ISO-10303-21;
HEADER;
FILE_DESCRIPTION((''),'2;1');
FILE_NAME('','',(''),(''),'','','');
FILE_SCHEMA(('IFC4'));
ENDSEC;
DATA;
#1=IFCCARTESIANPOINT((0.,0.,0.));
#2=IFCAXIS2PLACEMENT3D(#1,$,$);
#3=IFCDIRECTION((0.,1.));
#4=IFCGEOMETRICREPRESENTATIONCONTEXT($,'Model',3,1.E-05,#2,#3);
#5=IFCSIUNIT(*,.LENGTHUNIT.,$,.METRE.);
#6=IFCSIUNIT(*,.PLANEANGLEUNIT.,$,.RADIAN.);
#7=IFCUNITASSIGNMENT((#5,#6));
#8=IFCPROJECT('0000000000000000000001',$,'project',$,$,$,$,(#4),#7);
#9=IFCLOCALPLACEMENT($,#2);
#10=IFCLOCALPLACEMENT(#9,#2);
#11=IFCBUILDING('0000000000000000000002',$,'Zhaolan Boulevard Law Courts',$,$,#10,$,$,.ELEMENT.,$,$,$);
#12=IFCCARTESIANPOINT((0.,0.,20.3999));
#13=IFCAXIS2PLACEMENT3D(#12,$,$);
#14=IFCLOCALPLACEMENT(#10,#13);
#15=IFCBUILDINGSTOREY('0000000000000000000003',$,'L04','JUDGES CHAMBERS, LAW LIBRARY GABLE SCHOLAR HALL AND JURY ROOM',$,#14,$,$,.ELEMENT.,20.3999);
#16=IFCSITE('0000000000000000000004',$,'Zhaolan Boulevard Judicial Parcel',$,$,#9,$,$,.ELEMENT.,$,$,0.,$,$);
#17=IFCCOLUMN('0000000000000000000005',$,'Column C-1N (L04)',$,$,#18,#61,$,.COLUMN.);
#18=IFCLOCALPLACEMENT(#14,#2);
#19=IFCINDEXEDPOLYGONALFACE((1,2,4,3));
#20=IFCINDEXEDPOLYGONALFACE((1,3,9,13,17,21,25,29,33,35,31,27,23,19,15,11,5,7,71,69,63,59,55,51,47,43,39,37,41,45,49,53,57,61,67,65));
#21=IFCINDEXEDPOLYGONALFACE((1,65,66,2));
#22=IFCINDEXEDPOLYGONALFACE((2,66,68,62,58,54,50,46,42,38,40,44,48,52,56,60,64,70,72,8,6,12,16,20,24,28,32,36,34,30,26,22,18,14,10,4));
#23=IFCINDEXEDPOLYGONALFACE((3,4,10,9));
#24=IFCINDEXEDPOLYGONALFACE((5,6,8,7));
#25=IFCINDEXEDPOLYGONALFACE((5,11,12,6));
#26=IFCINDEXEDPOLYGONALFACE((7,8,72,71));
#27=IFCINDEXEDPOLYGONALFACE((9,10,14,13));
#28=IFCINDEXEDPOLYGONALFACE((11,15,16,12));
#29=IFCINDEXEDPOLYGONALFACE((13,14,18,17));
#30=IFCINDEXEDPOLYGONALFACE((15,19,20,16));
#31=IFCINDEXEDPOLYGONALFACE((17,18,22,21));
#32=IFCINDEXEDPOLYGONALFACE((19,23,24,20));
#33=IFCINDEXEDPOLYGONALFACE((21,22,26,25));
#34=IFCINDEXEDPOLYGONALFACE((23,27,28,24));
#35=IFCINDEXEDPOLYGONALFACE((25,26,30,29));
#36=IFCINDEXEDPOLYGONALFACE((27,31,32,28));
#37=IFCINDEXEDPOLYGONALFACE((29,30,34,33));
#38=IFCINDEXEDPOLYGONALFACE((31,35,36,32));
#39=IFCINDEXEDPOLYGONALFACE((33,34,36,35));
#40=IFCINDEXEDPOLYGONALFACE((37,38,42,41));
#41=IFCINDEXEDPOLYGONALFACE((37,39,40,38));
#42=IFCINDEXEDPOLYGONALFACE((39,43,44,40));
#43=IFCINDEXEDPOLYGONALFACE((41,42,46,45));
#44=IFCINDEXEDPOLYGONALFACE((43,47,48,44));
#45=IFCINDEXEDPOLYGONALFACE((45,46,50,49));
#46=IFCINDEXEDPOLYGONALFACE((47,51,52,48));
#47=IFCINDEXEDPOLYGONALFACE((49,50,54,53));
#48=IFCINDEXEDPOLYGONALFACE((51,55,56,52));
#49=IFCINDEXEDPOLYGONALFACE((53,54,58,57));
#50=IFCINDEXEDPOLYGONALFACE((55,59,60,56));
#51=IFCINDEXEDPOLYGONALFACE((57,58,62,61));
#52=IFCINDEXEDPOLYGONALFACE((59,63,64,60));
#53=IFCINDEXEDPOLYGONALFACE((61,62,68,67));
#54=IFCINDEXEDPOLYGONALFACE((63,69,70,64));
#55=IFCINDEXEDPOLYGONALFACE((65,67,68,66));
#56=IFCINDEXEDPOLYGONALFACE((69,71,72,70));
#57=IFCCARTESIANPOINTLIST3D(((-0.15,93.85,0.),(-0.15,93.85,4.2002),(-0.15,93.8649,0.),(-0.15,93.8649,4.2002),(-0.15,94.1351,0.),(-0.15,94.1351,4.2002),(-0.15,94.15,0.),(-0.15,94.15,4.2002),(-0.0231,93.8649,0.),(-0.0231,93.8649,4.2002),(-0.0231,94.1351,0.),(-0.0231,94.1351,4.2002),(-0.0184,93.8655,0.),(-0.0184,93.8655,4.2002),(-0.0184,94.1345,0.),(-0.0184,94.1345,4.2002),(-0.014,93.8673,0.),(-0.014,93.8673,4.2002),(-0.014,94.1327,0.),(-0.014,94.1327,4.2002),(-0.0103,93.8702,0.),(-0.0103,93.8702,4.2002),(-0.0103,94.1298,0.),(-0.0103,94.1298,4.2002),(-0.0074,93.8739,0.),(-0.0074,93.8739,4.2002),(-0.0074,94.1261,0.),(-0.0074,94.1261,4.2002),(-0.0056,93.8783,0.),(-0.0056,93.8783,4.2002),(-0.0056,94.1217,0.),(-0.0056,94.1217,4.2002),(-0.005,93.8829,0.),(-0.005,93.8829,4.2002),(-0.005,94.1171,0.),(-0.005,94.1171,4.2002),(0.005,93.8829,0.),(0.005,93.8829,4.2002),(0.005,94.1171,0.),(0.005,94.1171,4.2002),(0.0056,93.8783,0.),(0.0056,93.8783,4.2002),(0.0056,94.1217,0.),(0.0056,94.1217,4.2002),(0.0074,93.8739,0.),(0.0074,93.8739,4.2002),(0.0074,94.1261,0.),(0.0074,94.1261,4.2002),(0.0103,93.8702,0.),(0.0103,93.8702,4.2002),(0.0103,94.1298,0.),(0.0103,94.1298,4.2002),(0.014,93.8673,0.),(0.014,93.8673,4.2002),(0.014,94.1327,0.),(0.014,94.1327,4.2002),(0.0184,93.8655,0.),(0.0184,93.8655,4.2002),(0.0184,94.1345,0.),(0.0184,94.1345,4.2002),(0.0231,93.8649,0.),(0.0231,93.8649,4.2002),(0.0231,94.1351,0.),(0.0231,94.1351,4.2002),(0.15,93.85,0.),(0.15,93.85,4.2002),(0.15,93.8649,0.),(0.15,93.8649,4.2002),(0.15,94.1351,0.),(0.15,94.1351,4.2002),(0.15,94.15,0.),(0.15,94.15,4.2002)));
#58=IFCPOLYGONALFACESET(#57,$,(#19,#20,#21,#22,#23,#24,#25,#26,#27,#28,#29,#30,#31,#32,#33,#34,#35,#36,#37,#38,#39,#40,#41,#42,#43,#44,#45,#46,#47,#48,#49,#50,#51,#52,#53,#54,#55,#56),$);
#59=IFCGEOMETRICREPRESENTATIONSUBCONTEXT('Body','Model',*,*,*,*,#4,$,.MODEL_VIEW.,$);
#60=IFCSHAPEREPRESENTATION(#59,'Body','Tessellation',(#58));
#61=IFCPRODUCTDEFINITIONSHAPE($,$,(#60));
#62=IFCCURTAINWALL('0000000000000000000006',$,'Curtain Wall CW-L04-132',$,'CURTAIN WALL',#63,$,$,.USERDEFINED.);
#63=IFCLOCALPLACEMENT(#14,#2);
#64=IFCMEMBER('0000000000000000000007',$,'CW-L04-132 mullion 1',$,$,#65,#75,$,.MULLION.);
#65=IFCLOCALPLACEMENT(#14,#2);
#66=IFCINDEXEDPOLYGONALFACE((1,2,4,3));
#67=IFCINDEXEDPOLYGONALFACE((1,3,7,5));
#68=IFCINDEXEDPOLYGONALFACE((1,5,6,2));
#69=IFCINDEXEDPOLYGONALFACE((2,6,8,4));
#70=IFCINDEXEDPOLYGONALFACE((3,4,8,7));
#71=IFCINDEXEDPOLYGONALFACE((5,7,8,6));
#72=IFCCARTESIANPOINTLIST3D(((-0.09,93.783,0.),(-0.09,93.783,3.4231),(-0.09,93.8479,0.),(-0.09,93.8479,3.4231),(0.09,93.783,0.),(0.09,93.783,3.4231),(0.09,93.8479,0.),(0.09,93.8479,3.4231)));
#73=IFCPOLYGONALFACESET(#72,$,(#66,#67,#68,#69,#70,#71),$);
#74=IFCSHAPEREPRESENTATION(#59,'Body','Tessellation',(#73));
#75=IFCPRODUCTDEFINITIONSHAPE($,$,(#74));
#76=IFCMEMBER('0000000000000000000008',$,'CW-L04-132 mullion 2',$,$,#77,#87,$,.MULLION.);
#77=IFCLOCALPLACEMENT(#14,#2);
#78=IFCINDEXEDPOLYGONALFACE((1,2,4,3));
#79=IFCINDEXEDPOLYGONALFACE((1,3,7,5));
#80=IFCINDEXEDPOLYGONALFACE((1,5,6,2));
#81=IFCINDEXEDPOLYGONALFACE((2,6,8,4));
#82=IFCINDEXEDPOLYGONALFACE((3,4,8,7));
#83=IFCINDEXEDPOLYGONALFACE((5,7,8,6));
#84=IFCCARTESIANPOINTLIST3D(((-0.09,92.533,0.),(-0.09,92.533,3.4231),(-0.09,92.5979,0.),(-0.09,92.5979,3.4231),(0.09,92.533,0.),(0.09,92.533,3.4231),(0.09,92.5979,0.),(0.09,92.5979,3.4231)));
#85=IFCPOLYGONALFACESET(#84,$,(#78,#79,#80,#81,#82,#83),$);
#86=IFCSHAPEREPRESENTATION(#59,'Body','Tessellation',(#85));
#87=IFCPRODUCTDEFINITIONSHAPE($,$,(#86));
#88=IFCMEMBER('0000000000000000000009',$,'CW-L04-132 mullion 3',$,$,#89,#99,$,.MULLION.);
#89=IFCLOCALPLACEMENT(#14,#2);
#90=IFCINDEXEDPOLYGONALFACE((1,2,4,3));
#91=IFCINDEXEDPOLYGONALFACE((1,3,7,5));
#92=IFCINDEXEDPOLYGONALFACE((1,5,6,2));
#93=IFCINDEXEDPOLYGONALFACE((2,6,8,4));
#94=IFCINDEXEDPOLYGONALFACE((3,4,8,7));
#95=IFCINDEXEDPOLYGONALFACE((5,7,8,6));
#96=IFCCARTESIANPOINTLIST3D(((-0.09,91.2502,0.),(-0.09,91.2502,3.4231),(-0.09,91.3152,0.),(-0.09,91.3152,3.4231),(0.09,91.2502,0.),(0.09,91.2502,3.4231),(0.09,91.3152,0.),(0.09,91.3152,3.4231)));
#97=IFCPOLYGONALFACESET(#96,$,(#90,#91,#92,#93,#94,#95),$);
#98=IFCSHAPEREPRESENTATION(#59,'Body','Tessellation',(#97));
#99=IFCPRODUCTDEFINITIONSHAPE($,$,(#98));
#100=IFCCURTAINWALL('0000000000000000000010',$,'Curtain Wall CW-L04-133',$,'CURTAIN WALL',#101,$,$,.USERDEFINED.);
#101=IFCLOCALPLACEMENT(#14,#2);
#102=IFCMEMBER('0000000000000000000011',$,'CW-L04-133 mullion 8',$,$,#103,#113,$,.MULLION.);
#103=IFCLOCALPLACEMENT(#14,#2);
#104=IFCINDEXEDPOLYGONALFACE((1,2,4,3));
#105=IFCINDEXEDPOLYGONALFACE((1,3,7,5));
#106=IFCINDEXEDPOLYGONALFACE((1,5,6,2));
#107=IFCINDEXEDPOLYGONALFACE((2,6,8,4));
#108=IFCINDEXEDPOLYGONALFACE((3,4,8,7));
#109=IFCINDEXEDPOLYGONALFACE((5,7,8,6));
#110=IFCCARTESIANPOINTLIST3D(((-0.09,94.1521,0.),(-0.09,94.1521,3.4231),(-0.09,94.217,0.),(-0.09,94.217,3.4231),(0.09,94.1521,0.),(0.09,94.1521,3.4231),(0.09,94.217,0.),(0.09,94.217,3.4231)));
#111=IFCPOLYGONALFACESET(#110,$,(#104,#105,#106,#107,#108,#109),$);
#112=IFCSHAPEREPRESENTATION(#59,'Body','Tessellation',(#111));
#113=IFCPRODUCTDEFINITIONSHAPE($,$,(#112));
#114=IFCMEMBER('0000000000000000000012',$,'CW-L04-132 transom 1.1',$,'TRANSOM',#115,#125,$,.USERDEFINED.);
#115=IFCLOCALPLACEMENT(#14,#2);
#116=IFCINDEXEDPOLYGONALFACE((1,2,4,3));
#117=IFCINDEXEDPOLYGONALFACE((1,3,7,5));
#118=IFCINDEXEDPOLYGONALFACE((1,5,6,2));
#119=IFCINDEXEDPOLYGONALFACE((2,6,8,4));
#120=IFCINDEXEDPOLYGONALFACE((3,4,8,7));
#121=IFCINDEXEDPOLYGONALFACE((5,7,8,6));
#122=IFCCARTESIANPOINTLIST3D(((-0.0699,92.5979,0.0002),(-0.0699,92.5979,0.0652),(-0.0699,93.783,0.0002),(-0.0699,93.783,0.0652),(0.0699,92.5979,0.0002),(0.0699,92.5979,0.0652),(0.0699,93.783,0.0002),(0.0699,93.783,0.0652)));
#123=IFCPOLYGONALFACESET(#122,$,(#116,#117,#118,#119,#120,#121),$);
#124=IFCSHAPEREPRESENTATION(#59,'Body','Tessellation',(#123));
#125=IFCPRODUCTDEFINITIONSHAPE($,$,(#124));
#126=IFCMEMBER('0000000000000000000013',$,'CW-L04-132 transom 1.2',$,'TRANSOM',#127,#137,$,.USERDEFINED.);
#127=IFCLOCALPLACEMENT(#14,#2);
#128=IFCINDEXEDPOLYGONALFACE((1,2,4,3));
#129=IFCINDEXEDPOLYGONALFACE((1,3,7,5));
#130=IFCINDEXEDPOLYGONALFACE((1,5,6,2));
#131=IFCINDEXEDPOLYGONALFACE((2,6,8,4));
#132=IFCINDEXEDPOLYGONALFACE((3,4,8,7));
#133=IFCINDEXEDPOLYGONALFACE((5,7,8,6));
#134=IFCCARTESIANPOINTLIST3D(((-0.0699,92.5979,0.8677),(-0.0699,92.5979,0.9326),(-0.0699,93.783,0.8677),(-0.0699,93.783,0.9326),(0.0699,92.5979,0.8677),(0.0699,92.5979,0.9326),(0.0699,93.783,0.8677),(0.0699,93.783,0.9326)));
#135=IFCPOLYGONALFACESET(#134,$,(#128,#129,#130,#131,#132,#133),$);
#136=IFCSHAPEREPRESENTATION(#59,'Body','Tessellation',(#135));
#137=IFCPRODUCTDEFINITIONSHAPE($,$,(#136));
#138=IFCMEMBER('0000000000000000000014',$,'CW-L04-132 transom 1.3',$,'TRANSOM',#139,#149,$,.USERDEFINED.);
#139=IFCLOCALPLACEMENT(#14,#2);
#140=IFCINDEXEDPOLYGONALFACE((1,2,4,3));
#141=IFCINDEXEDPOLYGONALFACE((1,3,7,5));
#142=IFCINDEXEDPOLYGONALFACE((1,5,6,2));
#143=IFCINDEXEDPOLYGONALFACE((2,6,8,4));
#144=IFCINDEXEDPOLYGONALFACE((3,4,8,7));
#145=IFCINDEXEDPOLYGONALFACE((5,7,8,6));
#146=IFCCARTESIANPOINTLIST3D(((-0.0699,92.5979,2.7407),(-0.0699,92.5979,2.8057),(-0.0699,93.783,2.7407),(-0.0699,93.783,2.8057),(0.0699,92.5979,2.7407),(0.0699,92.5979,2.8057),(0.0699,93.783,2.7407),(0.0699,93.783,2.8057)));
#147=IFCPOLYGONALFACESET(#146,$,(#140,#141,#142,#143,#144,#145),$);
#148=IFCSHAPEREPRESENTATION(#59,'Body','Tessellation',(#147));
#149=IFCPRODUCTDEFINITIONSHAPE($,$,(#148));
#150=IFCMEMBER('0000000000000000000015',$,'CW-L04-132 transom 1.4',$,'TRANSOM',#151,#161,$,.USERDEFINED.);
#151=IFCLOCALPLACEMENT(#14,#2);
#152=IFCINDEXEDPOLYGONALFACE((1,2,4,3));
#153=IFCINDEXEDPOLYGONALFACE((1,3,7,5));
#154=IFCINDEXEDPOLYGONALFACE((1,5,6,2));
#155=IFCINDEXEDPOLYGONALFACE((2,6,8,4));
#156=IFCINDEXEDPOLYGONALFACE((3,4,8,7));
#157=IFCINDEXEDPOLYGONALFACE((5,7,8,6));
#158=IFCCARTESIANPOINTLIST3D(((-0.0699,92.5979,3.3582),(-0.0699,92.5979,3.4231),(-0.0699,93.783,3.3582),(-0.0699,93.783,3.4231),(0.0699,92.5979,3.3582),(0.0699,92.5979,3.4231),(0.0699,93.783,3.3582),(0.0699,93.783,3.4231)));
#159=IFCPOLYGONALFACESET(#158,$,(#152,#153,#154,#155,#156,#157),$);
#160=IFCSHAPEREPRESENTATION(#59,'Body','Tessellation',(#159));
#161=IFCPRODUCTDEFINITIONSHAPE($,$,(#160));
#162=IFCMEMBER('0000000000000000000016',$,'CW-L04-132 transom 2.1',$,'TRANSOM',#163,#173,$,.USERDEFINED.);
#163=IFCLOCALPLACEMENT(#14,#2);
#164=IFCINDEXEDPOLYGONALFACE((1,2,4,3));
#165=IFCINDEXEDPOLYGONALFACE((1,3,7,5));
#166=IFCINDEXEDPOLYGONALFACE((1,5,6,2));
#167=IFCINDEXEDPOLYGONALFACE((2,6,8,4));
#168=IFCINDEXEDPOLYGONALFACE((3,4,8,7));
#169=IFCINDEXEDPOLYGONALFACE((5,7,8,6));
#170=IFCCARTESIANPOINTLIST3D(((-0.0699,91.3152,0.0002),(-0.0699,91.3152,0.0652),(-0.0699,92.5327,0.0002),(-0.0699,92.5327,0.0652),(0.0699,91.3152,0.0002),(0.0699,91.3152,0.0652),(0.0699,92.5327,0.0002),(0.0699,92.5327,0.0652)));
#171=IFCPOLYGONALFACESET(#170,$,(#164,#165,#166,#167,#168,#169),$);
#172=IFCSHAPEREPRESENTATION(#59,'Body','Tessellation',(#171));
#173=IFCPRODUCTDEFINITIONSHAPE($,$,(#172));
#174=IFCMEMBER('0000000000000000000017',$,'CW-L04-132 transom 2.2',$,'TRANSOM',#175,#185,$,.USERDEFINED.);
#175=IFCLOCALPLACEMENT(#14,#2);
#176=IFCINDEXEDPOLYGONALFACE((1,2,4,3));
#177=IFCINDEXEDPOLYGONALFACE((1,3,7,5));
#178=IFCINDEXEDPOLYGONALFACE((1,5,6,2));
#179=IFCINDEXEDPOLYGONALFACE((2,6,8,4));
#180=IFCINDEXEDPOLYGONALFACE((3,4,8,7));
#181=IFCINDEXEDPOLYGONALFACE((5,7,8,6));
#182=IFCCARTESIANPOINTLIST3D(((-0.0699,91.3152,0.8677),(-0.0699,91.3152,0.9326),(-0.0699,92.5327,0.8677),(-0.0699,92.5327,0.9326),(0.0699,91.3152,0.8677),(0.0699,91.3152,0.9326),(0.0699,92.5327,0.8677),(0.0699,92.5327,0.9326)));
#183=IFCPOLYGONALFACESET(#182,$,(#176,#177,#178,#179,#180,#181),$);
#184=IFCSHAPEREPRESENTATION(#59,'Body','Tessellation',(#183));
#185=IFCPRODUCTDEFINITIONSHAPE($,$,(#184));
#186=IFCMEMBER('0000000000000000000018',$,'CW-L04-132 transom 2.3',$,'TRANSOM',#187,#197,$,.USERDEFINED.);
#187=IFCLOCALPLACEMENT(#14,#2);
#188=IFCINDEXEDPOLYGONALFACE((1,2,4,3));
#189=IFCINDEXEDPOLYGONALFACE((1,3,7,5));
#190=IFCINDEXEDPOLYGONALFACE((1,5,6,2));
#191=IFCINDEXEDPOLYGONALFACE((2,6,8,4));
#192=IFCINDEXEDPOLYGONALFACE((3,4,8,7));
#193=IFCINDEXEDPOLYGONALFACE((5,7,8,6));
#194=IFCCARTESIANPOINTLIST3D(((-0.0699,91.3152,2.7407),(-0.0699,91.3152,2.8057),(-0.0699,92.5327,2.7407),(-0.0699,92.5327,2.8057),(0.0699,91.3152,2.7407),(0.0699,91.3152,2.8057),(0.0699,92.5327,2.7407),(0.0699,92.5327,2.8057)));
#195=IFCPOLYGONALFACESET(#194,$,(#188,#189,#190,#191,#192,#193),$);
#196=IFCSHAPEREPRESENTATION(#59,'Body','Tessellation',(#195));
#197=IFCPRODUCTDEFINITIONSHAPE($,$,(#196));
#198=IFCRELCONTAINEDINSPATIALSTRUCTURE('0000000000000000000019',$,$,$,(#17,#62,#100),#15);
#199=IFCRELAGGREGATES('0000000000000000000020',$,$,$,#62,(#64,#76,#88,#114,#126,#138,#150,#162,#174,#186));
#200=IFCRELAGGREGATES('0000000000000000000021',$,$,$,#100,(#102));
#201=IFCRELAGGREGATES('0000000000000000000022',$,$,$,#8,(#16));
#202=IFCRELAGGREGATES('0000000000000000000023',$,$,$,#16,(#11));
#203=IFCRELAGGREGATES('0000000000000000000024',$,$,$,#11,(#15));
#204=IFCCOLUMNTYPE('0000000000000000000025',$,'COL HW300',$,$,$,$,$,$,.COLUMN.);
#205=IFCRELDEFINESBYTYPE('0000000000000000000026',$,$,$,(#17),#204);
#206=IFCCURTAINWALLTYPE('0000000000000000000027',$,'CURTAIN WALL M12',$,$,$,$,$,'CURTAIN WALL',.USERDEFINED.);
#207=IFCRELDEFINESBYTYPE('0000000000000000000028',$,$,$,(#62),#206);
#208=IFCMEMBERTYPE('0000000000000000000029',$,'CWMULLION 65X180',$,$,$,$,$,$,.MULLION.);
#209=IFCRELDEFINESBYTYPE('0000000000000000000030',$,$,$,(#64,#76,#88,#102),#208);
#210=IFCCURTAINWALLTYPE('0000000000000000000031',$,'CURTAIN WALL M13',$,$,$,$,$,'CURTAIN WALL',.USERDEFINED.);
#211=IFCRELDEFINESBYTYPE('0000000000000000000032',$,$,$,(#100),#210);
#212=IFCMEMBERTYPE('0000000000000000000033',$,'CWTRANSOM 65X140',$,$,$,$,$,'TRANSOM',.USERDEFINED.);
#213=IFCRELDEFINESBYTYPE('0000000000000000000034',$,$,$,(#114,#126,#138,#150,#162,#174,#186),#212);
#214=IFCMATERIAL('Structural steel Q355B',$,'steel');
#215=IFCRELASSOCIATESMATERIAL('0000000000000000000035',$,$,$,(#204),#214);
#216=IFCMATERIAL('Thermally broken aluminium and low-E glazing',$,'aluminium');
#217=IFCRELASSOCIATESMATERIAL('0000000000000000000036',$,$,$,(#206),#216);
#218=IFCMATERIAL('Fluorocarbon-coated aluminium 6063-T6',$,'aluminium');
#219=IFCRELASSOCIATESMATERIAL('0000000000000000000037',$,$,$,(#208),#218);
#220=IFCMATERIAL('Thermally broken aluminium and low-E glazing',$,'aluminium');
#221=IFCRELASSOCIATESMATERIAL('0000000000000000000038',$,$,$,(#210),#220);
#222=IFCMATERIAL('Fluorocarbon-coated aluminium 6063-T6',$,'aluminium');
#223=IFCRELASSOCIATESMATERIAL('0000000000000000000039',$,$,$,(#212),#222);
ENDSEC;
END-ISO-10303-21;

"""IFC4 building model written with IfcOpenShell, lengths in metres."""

from ifc_helpers import new_model, si_unit, direction, frame, origin, origin_2d, place, context, subcontext, project, spatial, rectangle, i_section, extrude, material, material_profile, profile_set, type_object, element, aggregate, save


model = new_model("IFC4")

# Units and contexts
model_context = context("Model", 3, precision=1e-05, world=origin(), true_north=direction((0.0, 1.0)))
body_context = subcontext(model_context, "Body", "Model", "MODEL_VIEW")
ifc_project = project(units=[si_unit("LENGTHUNIT", "METRE"), si_unit("PLANEANGLEUNIT", "RADIAN")], contexts=[model_context])

# Site, building, storey
site_placement = place(None, origin())
site = spatial("IfcSite", under=ifc_project, at=site_placement, Name="Zhaolan Boulevard Judicial Parcel", CompositionType="ELEMENT", RefElevation=0.0)
building_placement = place(site_placement, origin())
building = spatial("IfcBuilding", under=site, at=building_placement, Name="Zhaolan Boulevard Law Courts", CompositionType="ELEMENT")
storey_placement = place(building_placement, frame((0.0, 0.0, 20.3999)))
storey = spatial("IfcBuildingStorey", under=building, at=storey_placement, Name="L04", Description="JUDGES CHAMBERS, LAW LIBRARY GABLE SCHOLAR HALL AND JURY ROOM", CompositionType="ELEMENT", Elevation=20.3999)

# Column
ifc_material_1 = material(Name="Structural steel Q355B", Category="steel")
ifc_material_profile_1 = material_profile(ifc_material_1, i_section(OverallWidth=0.3, OverallDepth=0.3, WebThickness=0.01, FlangeThickness=0.0149, FilletRadius=0.0181, at=origin_2d()), Name="HW300x300")
ifc_profile_set_1 = profile_set([ifc_material_profile_1], Name="Structural steel Q355B")
column_type = type_object("IfcColumnType", Name="COL HW300", PredefinedType="COLUMN", material=ifc_profile_set_1)
column_placement = place(storey_placement, frame((0.0, 94.0, 0.0), z_axis=(0.0, 0.0, 1.0), x_axis=(1.0, 0.0, 0.0)))
element("IfcColumn", 1, at=column_placement, inside=storey, type_object=column_type, Name="Column C-1N (L04)", PredefinedType="COLUMN", context=body_context, shape_type="SweptSolid", body=[
    extrude(i_section(OverallWidth=0.3, OverallDepth=0.3, WebThickness=0.01, FlangeThickness=0.0149, FilletRadius=0.0181, at=origin_2d()), origin(), (0.0, 0.0, 1.0), 4.2002),
])

# Curtain wall, members
ifc_material_2 = material(Name="Thermally broken aluminium and low-E glazing", Category="aluminium")
curtain_wall_type_1 = type_object("IfcCurtainWallType", Name="CURTAIN WALL M12", ElementType="CURTAIN WALL", PredefinedType="USERDEFINED", material=ifc_material_2)
curtain_wall_1_placement = place(storey_placement, origin())
curtain_wall_1 = element("IfcCurtainWall", 2, at=curtain_wall_1_placement, inside=storey, type_object=curtain_wall_type_1, Name="Curtain Wall CW-L04-132", ObjectType="CURTAIN WALL", PredefinedType="USERDEFINED")
ifc_material_3 = material(Name="Fluorocarbon-coated aluminium 6063-T6", Category="aluminium")
ifc_material_profile_2 = material_profile(ifc_material_3, rectangle(XDim=0.1799, YDim=0.0649, at=origin_2d()), Name="AL65x180")
ifc_profile_set_2 = profile_set([ifc_material_profile_2], Name="Fluorocarbon-coated aluminium 6063-T6")
member_type_1 = type_object("IfcMemberType", Name="CWMULLION 65X180", PredefinedType="MULLION", material=ifc_profile_set_2)
member_1_placement = place(storey_placement, frame((0.0, 93.8154, 0.0), z_axis=(0.0, 0.0, 1.0), x_axis=(1.0, 0.0, 0.0)))
member_1 = element("IfcMember", 3, at=member_1_placement, type_object=member_type_1, Name="CW-L04-132 mullion 1", PredefinedType="MULLION", context=body_context, shape_type="SweptSolid", body=[
    extrude(rectangle(XDim=0.1799, YDim=0.0649, at=origin_2d()), origin(), (0.0, 0.0, 1.0), 3.4231),
])
member_2_placement = place(storey_placement, frame((0.0, 92.5654, 0.0), z_axis=(0.0, 0.0, 1.0), x_axis=(1.0, 0.0, 0.0)))
member_2 = element("IfcMember", 4, at=member_2_placement, type_object=member_type_1, Name="CW-L04-132 mullion 2", PredefinedType="MULLION", context=body_context, shape_type="SweptSolid", body=[
    extrude(rectangle(XDim=0.1799, YDim=0.0649, at=origin_2d()), origin(), (0.0, 0.0, 1.0), 3.4231),
])
member_3_placement = place(storey_placement, frame((0.0, 91.2827, 0.0), z_axis=(0.0, 0.0, 1.0), x_axis=(1.0, 0.0, 0.0)))
member_3 = element("IfcMember", 5, at=member_3_placement, type_object=member_type_1, Name="CW-L04-132 mullion 3", PredefinedType="MULLION", context=body_context, shape_type="SweptSolid", body=[
    extrude(rectangle(XDim=0.1799, YDim=0.0649, at=origin_2d()), origin(), (0.0, 0.0, 1.0), 3.4231),
])

# Curtain wall, member
ifc_material_4 = material(Name="Thermally broken aluminium and low-E glazing", Category="aluminium")
curtain_wall_type_2 = type_object("IfcCurtainWallType", Name="CURTAIN WALL M13", ElementType="CURTAIN WALL", PredefinedType="USERDEFINED", material=ifc_material_4)
curtain_wall_2_placement = place(storey_placement, origin())
curtain_wall_2 = element("IfcCurtainWall", 6, at=curtain_wall_2_placement, inside=storey, type_object=curtain_wall_type_2, Name="Curtain Wall CW-L04-133", ObjectType="CURTAIN WALL", PredefinedType="USERDEFINED")
member_4_placement = place(storey_placement, frame((0.0, 94.1846, 0.0), z_axis=(0.0, 0.0, 1.0), x_axis=(1.0, 0.0, 0.0)))
member_4 = element("IfcMember", 7, at=member_4_placement, type_object=member_type_1, Name="CW-L04-133 mullion 8", PredefinedType="MULLION", context=body_context, shape_type="SweptSolid", body=[
    extrude(rectangle(XDim=0.1799, YDim=0.0649, at=origin_2d()), origin(), (0.0, 0.0, 1.0), 3.4231),
])

# Members
ifc_material_5 = material(Name="Fluorocarbon-coated aluminium 6063-T6", Category="aluminium")
ifc_material_profile_3 = material_profile(ifc_material_5, rectangle(XDim=0.1399, YDim=0.0649, at=origin_2d()), Name="AL65x140")
ifc_profile_set_3 = profile_set([ifc_material_profile_3], Name="Fluorocarbon-coated aluminium 6063-T6")
member_type_2 = type_object("IfcMemberType", Name="CWTRANSOM 65X140", ElementType="TRANSOM", PredefinedType="USERDEFINED", material=ifc_profile_set_3)
member_5_placement = place(storey_placement, frame((0.0, 93.783, 0.0327), z_axis=(0.0, -1.0, 0.0), x_axis=(1.0, 0.0, 0.0)))
member_5 = element("IfcMember", 8, at=member_5_placement, type_object=member_type_2, Name="CW-L04-132 transom 1.1", ObjectType="TRANSOM", PredefinedType="USERDEFINED", context=body_context, shape_type="SweptSolid", body=[
    extrude(rectangle(XDim=0.1399, YDim=0.0649, at=origin_2d()), origin(), (0.0, 0.0, 1.0), 1.1851),
])
member_6_placement = place(storey_placement, frame((0.0, 93.783, 0.9001), z_axis=(0.0, -1.0, 0.0), x_axis=(1.0, 0.0, 0.0)))
member_6 = element("IfcMember", 9, at=member_6_placement, type_object=member_type_2, Name="CW-L04-132 transom 1.2", ObjectType="TRANSOM", PredefinedType="USERDEFINED", context=body_context, shape_type="SweptSolid", body=[
    extrude(rectangle(XDim=0.1399, YDim=0.0649, at=origin_2d()), origin(), (0.0, 0.0, 1.0), 1.1851),
])
member_7_placement = place(storey_placement, frame((0.0, 93.783, 2.7732), z_axis=(0.0, -1.0, 0.0), x_axis=(1.0, 0.0, 0.0)))
member_7 = element("IfcMember", 10, at=member_7_placement, type_object=member_type_2, Name="CW-L04-132 transom 1.3", ObjectType="TRANSOM", PredefinedType="USERDEFINED", context=body_context, shape_type="SweptSolid", body=[
    extrude(rectangle(XDim=0.1399, YDim=0.0649, at=origin_2d()), origin(), (0.0, 0.0, 1.0), 1.1851),
])
member_8_placement = place(storey_placement, frame((0.0, 93.783, 3.3906), z_axis=(0.0, -1.0, 0.0), x_axis=(1.0, 0.0, 0.0)))
member_8 = element("IfcMember", 11, at=member_8_placement, type_object=member_type_2, Name="CW-L04-132 transom 1.4", ObjectType="TRANSOM", PredefinedType="USERDEFINED", context=body_context, shape_type="SweptSolid", body=[
    extrude(rectangle(XDim=0.1399, YDim=0.0649, at=origin_2d()), origin(), (0.0, 0.0, 1.0), 1.1851),
])
member_9_placement = place(storey_placement, frame((0.0, 92.5327, 0.0327), z_axis=(0.0, -1.0, 0.0), x_axis=(1.0, 0.0, 0.0)))
member_9 = element("IfcMember", 12, at=member_9_placement, type_object=member_type_2, Name="CW-L04-132 transom 2.1", ObjectType="TRANSOM", PredefinedType="USERDEFINED", context=body_context, shape_type="SweptSolid", body=[
    extrude(rectangle(XDim=0.1399, YDim=0.0649, at=origin_2d()), origin(), (0.0, 0.0, 1.0), 1.2175),
])
member_10_placement = place(storey_placement, frame((0.0, 92.5327, 0.9001), z_axis=(0.0, -1.0, 0.0), x_axis=(1.0, 0.0, 0.0)))
member_10 = element("IfcMember", 13, at=member_10_placement, type_object=member_type_2, Name="CW-L04-132 transom 2.2", ObjectType="TRANSOM", PredefinedType="USERDEFINED", context=body_context, shape_type="SweptSolid", body=[
    extrude(rectangle(XDim=0.1399, YDim=0.0649, at=origin_2d()), origin(), (0.0, 0.0, 1.0), 1.2175),
])
member_11_placement = place(storey_placement, frame((0.0, 92.5327, 2.7732), z_axis=(0.0, -1.0, 0.0), x_axis=(1.0, 0.0, 0.0)))
member_11 = element("IfcMember", 14, at=member_11_placement, type_object=member_type_2, Name="CW-L04-132 transom 2.3", ObjectType="TRANSOM", PredefinedType="USERDEFINED", context=body_context, shape_type="SweptSolid", body=[
    extrude(rectangle(XDim=0.1399, YDim=0.0649, at=origin_2d()), origin(), (0.0, 0.0, 1.0), 1.2175),
])

aggregate(curtain_wall_1, [member_1, member_2, member_3, member_5, member_6, member_7, member_8, member_9, member_10, member_11])
aggregate(curtain_wall_2, [member_4])

save(model, "model.ifc")
